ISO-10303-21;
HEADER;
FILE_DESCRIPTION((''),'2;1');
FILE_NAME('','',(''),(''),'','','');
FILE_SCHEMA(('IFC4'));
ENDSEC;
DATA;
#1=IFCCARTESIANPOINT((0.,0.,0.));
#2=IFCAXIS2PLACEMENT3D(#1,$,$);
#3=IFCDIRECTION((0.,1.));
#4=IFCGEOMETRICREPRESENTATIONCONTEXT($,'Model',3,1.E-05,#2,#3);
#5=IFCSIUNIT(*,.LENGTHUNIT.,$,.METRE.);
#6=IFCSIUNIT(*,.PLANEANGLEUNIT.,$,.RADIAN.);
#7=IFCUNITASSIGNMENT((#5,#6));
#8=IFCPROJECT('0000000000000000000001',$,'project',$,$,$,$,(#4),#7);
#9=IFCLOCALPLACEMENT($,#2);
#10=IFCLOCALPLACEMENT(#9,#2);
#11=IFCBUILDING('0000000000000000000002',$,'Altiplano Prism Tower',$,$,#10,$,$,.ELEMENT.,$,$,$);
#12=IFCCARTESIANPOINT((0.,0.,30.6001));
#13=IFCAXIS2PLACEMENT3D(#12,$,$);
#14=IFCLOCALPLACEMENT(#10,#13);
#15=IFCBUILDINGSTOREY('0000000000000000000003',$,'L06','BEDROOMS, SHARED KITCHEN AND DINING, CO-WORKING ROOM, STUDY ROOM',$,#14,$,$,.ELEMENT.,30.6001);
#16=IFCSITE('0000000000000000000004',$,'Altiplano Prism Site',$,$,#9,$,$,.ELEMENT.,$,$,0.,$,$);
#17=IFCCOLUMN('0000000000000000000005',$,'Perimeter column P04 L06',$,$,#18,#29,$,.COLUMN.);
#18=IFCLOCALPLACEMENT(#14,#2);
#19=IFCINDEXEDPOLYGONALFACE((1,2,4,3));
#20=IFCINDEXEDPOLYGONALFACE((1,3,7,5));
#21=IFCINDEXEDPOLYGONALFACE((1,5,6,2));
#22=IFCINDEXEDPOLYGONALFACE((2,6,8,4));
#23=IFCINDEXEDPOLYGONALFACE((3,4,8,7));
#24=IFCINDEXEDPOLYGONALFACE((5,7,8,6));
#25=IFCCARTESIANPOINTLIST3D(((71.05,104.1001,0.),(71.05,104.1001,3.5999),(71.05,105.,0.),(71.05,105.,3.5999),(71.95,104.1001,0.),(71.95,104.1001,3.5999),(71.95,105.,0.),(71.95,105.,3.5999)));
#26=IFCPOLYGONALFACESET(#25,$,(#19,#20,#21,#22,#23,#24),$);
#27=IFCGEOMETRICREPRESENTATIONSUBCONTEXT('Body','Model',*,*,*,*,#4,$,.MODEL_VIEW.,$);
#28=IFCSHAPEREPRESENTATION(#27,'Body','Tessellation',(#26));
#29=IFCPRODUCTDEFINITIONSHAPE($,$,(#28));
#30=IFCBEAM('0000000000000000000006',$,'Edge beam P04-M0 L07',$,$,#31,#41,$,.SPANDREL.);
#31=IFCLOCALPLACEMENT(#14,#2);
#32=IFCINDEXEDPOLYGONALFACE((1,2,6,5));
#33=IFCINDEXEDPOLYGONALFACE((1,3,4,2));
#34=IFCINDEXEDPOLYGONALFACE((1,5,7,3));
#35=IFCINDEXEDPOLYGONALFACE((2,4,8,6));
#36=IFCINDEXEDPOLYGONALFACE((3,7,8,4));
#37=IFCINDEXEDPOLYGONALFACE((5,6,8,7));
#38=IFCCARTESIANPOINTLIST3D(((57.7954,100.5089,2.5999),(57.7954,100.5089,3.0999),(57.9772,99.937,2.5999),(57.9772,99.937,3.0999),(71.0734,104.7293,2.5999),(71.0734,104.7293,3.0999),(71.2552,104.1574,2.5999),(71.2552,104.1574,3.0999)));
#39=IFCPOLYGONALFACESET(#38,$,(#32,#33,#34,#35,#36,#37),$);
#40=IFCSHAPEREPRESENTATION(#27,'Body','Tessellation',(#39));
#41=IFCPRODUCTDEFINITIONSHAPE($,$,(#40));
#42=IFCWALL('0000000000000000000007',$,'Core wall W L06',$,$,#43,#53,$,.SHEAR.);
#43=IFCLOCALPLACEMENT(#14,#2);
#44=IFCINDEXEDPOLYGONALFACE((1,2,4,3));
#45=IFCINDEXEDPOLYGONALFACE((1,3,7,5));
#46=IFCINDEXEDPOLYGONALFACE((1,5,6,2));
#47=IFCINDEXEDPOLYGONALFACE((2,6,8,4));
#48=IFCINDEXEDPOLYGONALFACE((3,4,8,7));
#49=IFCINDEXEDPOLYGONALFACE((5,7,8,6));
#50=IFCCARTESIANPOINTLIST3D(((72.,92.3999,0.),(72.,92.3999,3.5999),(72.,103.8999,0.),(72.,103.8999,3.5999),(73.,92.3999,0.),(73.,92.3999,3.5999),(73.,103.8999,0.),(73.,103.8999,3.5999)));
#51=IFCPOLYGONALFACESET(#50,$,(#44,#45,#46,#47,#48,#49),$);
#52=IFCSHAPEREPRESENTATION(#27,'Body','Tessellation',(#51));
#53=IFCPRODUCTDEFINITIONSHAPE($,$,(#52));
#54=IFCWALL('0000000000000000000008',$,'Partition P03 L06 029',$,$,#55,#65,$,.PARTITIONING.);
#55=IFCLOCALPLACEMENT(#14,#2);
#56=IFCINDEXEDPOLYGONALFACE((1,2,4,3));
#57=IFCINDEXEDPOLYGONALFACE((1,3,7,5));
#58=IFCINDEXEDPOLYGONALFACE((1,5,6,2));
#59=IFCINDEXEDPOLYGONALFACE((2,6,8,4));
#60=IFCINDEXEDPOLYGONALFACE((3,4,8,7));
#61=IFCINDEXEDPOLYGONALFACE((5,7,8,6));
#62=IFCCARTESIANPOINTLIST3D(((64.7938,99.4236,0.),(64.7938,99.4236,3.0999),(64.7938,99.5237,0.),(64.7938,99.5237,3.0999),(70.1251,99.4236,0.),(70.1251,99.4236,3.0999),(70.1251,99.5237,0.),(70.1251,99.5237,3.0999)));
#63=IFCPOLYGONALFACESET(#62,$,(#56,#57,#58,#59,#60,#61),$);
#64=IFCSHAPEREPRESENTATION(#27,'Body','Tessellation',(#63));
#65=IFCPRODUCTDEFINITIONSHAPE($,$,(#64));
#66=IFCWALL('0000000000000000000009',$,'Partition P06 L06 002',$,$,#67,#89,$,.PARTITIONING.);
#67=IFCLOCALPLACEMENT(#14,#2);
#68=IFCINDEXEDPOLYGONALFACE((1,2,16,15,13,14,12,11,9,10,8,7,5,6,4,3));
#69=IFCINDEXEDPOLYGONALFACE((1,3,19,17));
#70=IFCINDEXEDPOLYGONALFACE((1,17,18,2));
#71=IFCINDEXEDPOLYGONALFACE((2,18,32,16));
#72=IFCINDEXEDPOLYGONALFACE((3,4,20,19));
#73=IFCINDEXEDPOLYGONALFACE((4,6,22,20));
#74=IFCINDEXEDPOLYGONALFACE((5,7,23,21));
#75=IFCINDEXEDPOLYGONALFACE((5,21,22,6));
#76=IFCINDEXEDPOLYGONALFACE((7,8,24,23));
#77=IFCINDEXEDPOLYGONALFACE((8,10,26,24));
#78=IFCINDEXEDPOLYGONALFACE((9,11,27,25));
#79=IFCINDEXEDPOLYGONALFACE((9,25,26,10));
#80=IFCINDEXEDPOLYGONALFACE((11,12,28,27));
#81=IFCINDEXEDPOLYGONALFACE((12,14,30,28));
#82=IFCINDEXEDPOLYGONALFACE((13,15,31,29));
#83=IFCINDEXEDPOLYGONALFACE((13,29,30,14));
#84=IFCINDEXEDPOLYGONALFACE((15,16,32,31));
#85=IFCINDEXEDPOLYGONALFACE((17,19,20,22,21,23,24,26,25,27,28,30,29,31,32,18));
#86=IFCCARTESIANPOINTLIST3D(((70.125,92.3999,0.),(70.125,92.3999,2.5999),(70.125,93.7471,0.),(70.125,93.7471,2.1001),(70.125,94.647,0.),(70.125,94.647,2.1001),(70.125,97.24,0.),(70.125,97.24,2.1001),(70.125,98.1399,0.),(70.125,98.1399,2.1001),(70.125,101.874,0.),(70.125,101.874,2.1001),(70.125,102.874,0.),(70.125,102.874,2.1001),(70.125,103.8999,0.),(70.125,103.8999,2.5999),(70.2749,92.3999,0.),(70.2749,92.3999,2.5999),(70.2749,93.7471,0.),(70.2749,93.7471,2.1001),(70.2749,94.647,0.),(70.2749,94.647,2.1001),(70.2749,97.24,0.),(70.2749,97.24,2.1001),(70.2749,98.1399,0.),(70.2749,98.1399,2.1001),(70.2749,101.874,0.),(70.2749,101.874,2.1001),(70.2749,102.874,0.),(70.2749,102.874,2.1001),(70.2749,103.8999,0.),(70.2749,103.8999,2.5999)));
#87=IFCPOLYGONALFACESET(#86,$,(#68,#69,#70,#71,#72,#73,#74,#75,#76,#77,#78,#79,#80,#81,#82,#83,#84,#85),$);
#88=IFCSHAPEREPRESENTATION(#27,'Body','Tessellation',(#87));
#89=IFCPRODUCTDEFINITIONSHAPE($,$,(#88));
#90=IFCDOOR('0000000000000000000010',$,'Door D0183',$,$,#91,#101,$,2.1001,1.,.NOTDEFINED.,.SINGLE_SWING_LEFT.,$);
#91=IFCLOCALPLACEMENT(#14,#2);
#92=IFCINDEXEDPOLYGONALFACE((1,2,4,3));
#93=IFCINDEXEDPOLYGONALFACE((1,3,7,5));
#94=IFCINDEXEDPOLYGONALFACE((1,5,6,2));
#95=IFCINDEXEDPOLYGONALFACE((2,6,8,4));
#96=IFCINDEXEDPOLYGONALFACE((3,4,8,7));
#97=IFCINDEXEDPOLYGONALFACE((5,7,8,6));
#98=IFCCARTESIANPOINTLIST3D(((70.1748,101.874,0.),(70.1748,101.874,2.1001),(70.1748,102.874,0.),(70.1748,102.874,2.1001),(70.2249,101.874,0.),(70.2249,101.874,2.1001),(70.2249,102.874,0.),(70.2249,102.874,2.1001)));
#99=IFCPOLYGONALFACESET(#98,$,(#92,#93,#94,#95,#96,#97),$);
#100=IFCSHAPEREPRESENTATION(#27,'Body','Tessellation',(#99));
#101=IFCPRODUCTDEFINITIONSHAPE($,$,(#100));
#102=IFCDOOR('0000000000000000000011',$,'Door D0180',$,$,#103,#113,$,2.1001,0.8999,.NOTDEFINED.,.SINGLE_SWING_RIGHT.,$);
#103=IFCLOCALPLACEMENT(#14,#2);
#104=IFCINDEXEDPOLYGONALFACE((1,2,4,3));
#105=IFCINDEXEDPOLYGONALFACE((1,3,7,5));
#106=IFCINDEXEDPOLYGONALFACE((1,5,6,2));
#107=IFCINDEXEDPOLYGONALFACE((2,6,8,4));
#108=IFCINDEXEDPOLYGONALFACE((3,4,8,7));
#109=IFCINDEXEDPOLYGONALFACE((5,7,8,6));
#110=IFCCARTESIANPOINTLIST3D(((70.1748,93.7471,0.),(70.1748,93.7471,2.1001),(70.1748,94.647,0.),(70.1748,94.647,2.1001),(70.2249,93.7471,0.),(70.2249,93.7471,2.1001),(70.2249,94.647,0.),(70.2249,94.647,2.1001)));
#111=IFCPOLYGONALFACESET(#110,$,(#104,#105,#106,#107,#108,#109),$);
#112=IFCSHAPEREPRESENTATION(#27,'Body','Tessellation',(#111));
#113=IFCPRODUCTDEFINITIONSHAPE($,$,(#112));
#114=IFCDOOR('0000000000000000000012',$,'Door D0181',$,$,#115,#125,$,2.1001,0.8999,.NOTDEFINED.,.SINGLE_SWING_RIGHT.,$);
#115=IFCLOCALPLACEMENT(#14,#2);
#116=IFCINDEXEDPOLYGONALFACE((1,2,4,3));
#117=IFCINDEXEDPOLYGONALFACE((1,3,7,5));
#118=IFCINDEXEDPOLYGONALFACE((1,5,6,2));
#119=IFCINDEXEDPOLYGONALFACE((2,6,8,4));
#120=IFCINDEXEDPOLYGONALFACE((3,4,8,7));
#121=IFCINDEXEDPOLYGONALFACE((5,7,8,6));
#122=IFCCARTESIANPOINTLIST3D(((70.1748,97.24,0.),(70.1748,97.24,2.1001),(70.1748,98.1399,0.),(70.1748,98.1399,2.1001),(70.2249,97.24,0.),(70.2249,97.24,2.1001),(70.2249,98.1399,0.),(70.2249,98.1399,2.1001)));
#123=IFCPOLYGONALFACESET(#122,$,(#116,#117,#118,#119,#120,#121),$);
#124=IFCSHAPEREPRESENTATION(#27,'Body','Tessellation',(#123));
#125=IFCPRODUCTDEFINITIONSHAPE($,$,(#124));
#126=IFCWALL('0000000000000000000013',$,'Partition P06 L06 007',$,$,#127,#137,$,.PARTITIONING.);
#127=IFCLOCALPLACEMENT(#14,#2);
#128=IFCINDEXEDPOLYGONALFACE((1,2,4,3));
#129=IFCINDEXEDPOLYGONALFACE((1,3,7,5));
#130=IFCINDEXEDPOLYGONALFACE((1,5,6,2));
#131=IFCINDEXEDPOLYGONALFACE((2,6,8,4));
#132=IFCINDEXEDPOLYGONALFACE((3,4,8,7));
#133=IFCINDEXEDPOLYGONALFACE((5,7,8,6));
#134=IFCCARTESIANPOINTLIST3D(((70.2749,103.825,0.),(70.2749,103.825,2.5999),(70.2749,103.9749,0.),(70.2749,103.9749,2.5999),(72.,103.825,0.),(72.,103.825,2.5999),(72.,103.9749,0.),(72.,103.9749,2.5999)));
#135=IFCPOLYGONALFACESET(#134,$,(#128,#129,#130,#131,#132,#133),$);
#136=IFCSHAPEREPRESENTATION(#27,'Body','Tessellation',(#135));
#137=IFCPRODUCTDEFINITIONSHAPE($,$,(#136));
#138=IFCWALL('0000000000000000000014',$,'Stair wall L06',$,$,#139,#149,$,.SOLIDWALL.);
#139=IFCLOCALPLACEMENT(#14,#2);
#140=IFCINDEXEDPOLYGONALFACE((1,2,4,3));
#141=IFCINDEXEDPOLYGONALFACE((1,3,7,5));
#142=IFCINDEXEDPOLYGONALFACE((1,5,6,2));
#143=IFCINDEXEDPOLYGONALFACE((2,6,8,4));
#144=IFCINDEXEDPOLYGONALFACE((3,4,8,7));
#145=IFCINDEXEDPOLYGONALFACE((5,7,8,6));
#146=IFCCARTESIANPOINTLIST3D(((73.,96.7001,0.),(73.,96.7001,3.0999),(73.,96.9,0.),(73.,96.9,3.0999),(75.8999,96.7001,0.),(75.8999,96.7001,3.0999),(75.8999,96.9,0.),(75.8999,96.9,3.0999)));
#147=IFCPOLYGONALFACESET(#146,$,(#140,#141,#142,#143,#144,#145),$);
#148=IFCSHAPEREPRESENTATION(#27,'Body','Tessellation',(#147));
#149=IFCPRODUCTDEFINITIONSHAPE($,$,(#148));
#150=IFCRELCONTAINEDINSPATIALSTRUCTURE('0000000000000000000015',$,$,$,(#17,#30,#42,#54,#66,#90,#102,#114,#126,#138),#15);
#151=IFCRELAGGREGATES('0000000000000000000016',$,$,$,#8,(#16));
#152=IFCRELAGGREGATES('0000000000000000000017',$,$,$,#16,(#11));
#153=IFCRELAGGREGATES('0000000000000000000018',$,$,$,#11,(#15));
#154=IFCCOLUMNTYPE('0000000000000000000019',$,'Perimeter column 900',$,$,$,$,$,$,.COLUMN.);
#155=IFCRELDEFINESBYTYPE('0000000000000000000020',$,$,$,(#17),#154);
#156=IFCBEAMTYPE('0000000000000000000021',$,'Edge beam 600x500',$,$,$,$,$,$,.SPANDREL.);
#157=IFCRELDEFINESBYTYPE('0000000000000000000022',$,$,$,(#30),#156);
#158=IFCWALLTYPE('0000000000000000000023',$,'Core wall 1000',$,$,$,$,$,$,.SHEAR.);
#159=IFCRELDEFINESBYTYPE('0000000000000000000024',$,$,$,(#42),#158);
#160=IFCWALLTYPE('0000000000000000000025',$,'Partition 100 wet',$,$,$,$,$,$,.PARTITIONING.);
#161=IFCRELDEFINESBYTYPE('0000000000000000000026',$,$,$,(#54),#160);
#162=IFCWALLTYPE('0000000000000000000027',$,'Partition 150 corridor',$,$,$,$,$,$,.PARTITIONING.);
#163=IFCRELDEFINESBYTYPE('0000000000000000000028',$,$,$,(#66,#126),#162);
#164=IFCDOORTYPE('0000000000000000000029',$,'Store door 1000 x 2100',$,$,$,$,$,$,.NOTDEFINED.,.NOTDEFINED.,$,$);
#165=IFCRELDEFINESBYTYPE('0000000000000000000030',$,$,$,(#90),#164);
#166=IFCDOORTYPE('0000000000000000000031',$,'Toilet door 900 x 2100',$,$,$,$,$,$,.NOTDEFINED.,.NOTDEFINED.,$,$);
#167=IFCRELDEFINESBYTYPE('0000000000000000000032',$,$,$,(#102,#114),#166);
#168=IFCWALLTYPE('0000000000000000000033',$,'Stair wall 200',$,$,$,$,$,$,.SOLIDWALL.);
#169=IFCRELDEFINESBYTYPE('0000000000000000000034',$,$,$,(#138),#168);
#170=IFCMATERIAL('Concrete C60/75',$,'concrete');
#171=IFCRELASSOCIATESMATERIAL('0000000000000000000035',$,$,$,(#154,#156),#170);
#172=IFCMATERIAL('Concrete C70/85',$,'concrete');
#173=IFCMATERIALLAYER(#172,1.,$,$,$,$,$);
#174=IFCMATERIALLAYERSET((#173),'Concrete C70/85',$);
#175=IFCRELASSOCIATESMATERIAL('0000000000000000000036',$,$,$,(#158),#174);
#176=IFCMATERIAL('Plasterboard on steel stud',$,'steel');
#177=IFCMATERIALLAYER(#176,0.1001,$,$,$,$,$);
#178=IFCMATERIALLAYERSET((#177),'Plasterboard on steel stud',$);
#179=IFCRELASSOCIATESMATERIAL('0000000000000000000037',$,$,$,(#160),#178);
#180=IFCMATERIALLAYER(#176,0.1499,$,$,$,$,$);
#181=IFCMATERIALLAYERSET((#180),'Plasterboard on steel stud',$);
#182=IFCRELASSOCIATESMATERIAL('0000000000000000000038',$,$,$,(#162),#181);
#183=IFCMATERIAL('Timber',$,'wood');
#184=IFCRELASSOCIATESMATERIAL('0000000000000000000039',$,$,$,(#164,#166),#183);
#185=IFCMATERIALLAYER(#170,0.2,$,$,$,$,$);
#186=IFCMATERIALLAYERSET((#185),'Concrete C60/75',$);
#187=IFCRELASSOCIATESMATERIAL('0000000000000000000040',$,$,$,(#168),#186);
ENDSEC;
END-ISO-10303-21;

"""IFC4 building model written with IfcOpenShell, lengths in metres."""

from ifc_helpers import new_model, si_unit, direction, frame, frame_2d, origin, origin_2d, place, context, subcontext, project, spatial, rectangle, extrude, material, layer, layer_set, material_profile, profile_set, type_object, element, fill, save


model = new_model("IFC4")

# Units and contexts
model_context = context("Model", 3, precision=1e-05, world=origin(), true_north=direction((0.0, 1.0)))
body_context = subcontext(model_context, "Body", "Model", "MODEL_VIEW")
ifc_project = project(units=[si_unit("LENGTHUNIT", "METRE"), si_unit("PLANEANGLEUNIT", "RADIAN")], contexts=[model_context])

# Site, building, storey
site_placement = place(None, origin())
site = spatial("IfcSite", under=ifc_project, at=site_placement, Name="Altiplano Prism Site", CompositionType="ELEMENT", RefElevation=0.0)
building_placement = place(site_placement, origin())
building = spatial("IfcBuilding", under=site, at=building_placement, Name="Altiplano Prism Tower", CompositionType="ELEMENT")
storey_placement = place(building_placement, frame((0.0, 0.0, 30.6001)))
storey = spatial("IfcBuildingStorey", under=building, at=storey_placement, Name="L06", Description="BEDROOMS, SHARED KITCHEN AND DINING, CO-WORKING ROOM, STUDY ROOM", CompositionType="ELEMENT", Elevation=30.6001)

# Column
ifc_material_1 = material(Name="Concrete C60/75", Category="concrete")
ifc_material_profile_1 = material_profile(ifc_material_1, rectangle(XDim=0.8999, YDim=0.8999, at=origin_2d()), Name="Perimeter column 900")
ifc_profile_set_1 = profile_set([ifc_material_profile_1], Name="Concrete C60/75")
column_type = type_object("IfcColumnType", Name="Perimeter column 900", PredefinedType="COLUMN", material=ifc_profile_set_1)
column_placement = place(storey_placement, frame((71.5, 104.55, 0.0), z_axis=(0.0, 0.0, 1.0), x_axis=(1.0, 0.0, 0.0)))
element("IfcColumn", 1, at=column_placement, inside=storey, type_object=column_type, Name="Perimeter column P04 L06", PredefinedType="COLUMN", context=body_context, shape_type="SweptSolid", body=[
    extrude(rectangle(XDim=0.8999, YDim=0.8999, at=origin_2d()), origin(), (0.0, 0.0, 1.0), 3.5999),
])

# Beam
ifc_material_profile_2 = material_profile(ifc_material_1, rectangle(XDim=0.6001, YDim=0.5, at=origin_2d()), Name="Edge beam 600x500")
ifc_profile_set_2 = profile_set([ifc_material_profile_2], Name="Concrete C60/75")
beam_type = type_object("IfcBeamType", Name="Edge beam 600x500", PredefinedType="SPANDREL", material=ifc_profile_set_2)
beam_placement = place(storey_placement, frame((71.1643, 104.4434, 2.8499), z_axis=(-0.953017, -0.302918, 0.0), x_axis=(0.302918, -0.953017, 0.0)))
element("IfcBeam", 2, at=beam_placement, inside=storey, type_object=beam_type, Name="Edge beam P04-M0 L07", PredefinedType="SPANDREL", context=body_context, shape_type="SweptSolid", body=[
    extrude(rectangle(XDim=0.6001, YDim=0.5, at=origin_2d()), origin(), (0.0, 0.0, 1.0), 13.9326),
])

# Walls
ifc_material_2 = material(Name="Concrete C70/85", Category="concrete")
ifc_layer_1 = layer(ifc_material_2, 1.0)
ifc_layer_set_1 = layer_set([ifc_layer_1], Name="Concrete C70/85")
wall_type_1 = type_object("IfcWallType", Name="Core wall 1000", PredefinedType="SHEAR", material=ifc_layer_set_1)
wall_1_placement = place(storey_placement, frame((72.5, 103.8999, 0.0), z_axis=(0.0, 0.0, 1.0), x_axis=(0.0, -1.0, 0.0)))
element("IfcWall", 3, at=wall_1_placement, inside=storey, type_object=wall_type_1, Name="Core wall W L06", PredefinedType="SHEAR", context=body_context, shape_type="SweptSolid", body=[
    extrude(rectangle(XDim=11.5, YDim=1.0, at=frame_2d((5.75, 0.0))), origin(), (0.0, 0.0, 1.0), 3.5999),
])
ifc_material_3 = material(Name="Plasterboard on steel stud", Category="steel")
ifc_layer_2 = layer(ifc_material_3, 0.1001)
ifc_layer_set_2 = layer_set([ifc_layer_2], Name="Plasterboard on steel stud")
wall_type_2 = type_object("IfcWallType", Name="Partition 100 wet", PredefinedType="PARTITIONING", material=ifc_layer_set_2)
wall_2_placement = place(storey_placement, frame((70.125, 99.4736, 0.0), z_axis=(0.0, 0.0, 1.0), x_axis=(-1.0, 0.0, 0.0)))
element("IfcWall", 4, at=wall_2_placement, inside=storey, type_object=wall_type_2, Name="Partition P03 L06 029", PredefinedType="PARTITIONING", context=body_context, shape_type="SweptSolid", body=[
    extrude(rectangle(XDim=5.3313, YDim=0.1001, at=frame_2d((2.6655, 0.0))), origin(), (0.0, 0.0, 1.0), 3.0999),
])

# Wall, openings, doors
ifc_layer_3 = layer(ifc_material_3, 0.1499)
ifc_layer_set_3 = layer_set([ifc_layer_3], Name="Plasterboard on steel stud")
wall_type_3 = type_object("IfcWallType", Name="Partition 150 corridor", PredefinedType="PARTITIONING", material=ifc_layer_set_3)
wall_3_placement = place(storey_placement, frame((70.2, 103.8999, 0.0), z_axis=(0.0, 0.0, 1.0), x_axis=(0.0, -1.0, 0.0)))
wall_3 = element("IfcWall", 5, at=wall_3_placement, inside=storey, type_object=wall_type_3, Name="Partition P06 L06 002", PredefinedType="PARTITIONING", context=body_context, shape_type="SweptSolid", body=[
    extrude(rectangle(XDim=11.5, YDim=0.1499, at=frame_2d((5.75, 0.0))), origin(), (0.0, 0.0, 1.0), 2.5999),
])
opening_1_placement = place(wall_3_placement, frame((9.2529, 0.0, 0.0)))
opening_1 = element("IfcOpeningElement", 6, at=opening_1_placement, cuts=wall_3, PredefinedType="OPENING", context=body_context, shape_type="SweptSolid", body=[
    extrude(rectangle(XDim=0.8999, YDim=2.1001, at=frame_2d((0.45, 1.05))), frame((0.0, 0.0854, 0.0), z_axis=(0.0, -1.0, 0.0), x_axis=(1.0, 0.0, 0.0)), (0.0, 0.0, 1.0), 0.1709),
])
opening_2_placement = place(wall_3_placement, frame((5.76, 0.0, 0.0)))
opening_2 = element("IfcOpeningElement", 7, at=opening_2_placement, cuts=wall_3, PredefinedType="OPENING", context=body_context, shape_type="SweptSolid", body=[
    extrude(rectangle(XDim=0.8999, YDim=2.1001, at=frame_2d((0.45, 1.05))), frame((0.0, 0.0854, 0.0), z_axis=(0.0, -1.0, 0.0), x_axis=(1.0, 0.0, 0.0)), (0.0, 0.0, 1.0), 0.1709),
])
opening_3_placement = place(wall_3_placement, frame((1.0259, 0.0, 0.0)))
opening_3 = element("IfcOpeningElement", 8, at=opening_3_placement, cuts=wall_3, PredefinedType="OPENING", context=body_context, shape_type="SweptSolid", body=[
    extrude(rectangle(XDim=1.0, YDim=2.1001, at=frame_2d((0.5, 1.05))), frame((0.0, 0.0854, 0.0), z_axis=(0.0, -1.0, 0.0), x_axis=(1.0, 0.0, 0.0)), (0.0, 0.0, 1.0), 0.1709),
])
ifc_material_4 = material(Name="Timber", Category="wood")
door_type_1 = type_object("IfcDoorType", Name="Store door 1000 x 2100", OperationType="NOTDEFINED", PredefinedType="NOTDEFINED", material=ifc_material_4)
door_1_placement = place(opening_3_placement, origin())
door_1 = element("IfcDoor", 9, at=door_1_placement, inside=storey, type_object=door_type_1, Name="Door D0183", OperationType="SINGLE_SWING_LEFT", OverallHeight=2.1001, OverallWidth=1.0, PredefinedType="NOTDEFINED", context=body_context, shape_type="SweptSolid", body=[
    extrude(rectangle(XDim=1.0, YDim=2.1001, at=frame_2d((0.5, 1.05))), frame((0.0, 0.0249, 0.0), z_axis=(0.0, -1.0, 0.0), x_axis=(1.0, 0.0, 0.0)), (0.0, 0.0, 1.0), 0.05),
])
fill(opening_3, door_1)
door_type_2 = type_object("IfcDoorType", Name="Toilet door 900 x 2100", OperationType="NOTDEFINED", PredefinedType="NOTDEFINED", material=ifc_material_4)
door_2_placement = place(opening_1_placement, origin())
door_2 = element("IfcDoor", 10, at=door_2_placement, inside=storey, type_object=door_type_2, Name="Door D0180", OperationType="SINGLE_SWING_RIGHT", OverallHeight=2.1001, OverallWidth=0.8999, PredefinedType="NOTDEFINED", context=body_context, shape_type="SweptSolid", body=[
    extrude(rectangle(XDim=0.8999, YDim=2.1001, at=frame_2d((0.45, 1.05))), frame((0.0, 0.0249, 0.0), z_axis=(0.0, -1.0, 0.0), x_axis=(1.0, 0.0, 0.0)), (0.0, 0.0, 1.0), 0.05),
])
fill(opening_1, door_2)
door_3_placement = place(opening_2_placement, origin())
door_3 = element("IfcDoor", 11, at=door_3_placement, inside=storey, type_object=door_type_2, Name="Door D0181", OperationType="SINGLE_SWING_RIGHT", OverallHeight=2.1001, OverallWidth=0.8999, PredefinedType="NOTDEFINED", context=body_context, shape_type="SweptSolid", body=[
    extrude(rectangle(XDim=0.8999, YDim=2.1001, at=frame_2d((0.45, 1.05))), frame((0.0, 0.0249, 0.0), z_axis=(0.0, -1.0, 0.0), x_axis=(1.0, 0.0, 0.0)), (0.0, 0.0, 1.0), 0.05),
])
fill(opening_2, door_3)

# Walls
wall_4_placement = place(storey_placement, frame((72.0, 103.8999, 0.0), z_axis=(0.0, 0.0, 1.0), x_axis=(-1.0, 0.0, 0.0)))
element("IfcWall", 12, at=wall_4_placement, inside=storey, type_object=wall_type_3, Name="Partition P06 L06 007", PredefinedType="PARTITIONING", context=body_context, shape_type="SweptSolid", body=[
    extrude(rectangle(XDim=1.7251, YDim=0.1499, at=frame_2d((0.8625, 0.0))), origin(), (0.0, 0.0, 1.0), 2.5999),
])
ifc_layer_4 = layer(ifc_material_1, 0.2)
ifc_layer_set_4 = layer_set([ifc_layer_4], Name="Concrete C60/75")
wall_type_4 = type_object("IfcWallType", Name="Stair wall 200", PredefinedType="SOLIDWALL", material=ifc_layer_set_4)
wall_5_placement = place(storey_placement, frame((73.0, 96.8, 0.0), z_axis=(0.0, 0.0, 1.0), x_axis=(1.0, 0.0, 0.0)))
element("IfcWall", 13, at=wall_5_placement, inside=storey, type_object=wall_type_4, Name="Stair wall L06", PredefinedType="SOLIDWALL", context=body_context, shape_type="SweptSolid", body=[
    extrude(rectangle(XDim=2.8999, YDim=0.2, at=frame_2d((1.45, 0.0))), origin(), (0.0, 0.0, 1.0), 3.0999),
])

save(model, "model.ifc")
